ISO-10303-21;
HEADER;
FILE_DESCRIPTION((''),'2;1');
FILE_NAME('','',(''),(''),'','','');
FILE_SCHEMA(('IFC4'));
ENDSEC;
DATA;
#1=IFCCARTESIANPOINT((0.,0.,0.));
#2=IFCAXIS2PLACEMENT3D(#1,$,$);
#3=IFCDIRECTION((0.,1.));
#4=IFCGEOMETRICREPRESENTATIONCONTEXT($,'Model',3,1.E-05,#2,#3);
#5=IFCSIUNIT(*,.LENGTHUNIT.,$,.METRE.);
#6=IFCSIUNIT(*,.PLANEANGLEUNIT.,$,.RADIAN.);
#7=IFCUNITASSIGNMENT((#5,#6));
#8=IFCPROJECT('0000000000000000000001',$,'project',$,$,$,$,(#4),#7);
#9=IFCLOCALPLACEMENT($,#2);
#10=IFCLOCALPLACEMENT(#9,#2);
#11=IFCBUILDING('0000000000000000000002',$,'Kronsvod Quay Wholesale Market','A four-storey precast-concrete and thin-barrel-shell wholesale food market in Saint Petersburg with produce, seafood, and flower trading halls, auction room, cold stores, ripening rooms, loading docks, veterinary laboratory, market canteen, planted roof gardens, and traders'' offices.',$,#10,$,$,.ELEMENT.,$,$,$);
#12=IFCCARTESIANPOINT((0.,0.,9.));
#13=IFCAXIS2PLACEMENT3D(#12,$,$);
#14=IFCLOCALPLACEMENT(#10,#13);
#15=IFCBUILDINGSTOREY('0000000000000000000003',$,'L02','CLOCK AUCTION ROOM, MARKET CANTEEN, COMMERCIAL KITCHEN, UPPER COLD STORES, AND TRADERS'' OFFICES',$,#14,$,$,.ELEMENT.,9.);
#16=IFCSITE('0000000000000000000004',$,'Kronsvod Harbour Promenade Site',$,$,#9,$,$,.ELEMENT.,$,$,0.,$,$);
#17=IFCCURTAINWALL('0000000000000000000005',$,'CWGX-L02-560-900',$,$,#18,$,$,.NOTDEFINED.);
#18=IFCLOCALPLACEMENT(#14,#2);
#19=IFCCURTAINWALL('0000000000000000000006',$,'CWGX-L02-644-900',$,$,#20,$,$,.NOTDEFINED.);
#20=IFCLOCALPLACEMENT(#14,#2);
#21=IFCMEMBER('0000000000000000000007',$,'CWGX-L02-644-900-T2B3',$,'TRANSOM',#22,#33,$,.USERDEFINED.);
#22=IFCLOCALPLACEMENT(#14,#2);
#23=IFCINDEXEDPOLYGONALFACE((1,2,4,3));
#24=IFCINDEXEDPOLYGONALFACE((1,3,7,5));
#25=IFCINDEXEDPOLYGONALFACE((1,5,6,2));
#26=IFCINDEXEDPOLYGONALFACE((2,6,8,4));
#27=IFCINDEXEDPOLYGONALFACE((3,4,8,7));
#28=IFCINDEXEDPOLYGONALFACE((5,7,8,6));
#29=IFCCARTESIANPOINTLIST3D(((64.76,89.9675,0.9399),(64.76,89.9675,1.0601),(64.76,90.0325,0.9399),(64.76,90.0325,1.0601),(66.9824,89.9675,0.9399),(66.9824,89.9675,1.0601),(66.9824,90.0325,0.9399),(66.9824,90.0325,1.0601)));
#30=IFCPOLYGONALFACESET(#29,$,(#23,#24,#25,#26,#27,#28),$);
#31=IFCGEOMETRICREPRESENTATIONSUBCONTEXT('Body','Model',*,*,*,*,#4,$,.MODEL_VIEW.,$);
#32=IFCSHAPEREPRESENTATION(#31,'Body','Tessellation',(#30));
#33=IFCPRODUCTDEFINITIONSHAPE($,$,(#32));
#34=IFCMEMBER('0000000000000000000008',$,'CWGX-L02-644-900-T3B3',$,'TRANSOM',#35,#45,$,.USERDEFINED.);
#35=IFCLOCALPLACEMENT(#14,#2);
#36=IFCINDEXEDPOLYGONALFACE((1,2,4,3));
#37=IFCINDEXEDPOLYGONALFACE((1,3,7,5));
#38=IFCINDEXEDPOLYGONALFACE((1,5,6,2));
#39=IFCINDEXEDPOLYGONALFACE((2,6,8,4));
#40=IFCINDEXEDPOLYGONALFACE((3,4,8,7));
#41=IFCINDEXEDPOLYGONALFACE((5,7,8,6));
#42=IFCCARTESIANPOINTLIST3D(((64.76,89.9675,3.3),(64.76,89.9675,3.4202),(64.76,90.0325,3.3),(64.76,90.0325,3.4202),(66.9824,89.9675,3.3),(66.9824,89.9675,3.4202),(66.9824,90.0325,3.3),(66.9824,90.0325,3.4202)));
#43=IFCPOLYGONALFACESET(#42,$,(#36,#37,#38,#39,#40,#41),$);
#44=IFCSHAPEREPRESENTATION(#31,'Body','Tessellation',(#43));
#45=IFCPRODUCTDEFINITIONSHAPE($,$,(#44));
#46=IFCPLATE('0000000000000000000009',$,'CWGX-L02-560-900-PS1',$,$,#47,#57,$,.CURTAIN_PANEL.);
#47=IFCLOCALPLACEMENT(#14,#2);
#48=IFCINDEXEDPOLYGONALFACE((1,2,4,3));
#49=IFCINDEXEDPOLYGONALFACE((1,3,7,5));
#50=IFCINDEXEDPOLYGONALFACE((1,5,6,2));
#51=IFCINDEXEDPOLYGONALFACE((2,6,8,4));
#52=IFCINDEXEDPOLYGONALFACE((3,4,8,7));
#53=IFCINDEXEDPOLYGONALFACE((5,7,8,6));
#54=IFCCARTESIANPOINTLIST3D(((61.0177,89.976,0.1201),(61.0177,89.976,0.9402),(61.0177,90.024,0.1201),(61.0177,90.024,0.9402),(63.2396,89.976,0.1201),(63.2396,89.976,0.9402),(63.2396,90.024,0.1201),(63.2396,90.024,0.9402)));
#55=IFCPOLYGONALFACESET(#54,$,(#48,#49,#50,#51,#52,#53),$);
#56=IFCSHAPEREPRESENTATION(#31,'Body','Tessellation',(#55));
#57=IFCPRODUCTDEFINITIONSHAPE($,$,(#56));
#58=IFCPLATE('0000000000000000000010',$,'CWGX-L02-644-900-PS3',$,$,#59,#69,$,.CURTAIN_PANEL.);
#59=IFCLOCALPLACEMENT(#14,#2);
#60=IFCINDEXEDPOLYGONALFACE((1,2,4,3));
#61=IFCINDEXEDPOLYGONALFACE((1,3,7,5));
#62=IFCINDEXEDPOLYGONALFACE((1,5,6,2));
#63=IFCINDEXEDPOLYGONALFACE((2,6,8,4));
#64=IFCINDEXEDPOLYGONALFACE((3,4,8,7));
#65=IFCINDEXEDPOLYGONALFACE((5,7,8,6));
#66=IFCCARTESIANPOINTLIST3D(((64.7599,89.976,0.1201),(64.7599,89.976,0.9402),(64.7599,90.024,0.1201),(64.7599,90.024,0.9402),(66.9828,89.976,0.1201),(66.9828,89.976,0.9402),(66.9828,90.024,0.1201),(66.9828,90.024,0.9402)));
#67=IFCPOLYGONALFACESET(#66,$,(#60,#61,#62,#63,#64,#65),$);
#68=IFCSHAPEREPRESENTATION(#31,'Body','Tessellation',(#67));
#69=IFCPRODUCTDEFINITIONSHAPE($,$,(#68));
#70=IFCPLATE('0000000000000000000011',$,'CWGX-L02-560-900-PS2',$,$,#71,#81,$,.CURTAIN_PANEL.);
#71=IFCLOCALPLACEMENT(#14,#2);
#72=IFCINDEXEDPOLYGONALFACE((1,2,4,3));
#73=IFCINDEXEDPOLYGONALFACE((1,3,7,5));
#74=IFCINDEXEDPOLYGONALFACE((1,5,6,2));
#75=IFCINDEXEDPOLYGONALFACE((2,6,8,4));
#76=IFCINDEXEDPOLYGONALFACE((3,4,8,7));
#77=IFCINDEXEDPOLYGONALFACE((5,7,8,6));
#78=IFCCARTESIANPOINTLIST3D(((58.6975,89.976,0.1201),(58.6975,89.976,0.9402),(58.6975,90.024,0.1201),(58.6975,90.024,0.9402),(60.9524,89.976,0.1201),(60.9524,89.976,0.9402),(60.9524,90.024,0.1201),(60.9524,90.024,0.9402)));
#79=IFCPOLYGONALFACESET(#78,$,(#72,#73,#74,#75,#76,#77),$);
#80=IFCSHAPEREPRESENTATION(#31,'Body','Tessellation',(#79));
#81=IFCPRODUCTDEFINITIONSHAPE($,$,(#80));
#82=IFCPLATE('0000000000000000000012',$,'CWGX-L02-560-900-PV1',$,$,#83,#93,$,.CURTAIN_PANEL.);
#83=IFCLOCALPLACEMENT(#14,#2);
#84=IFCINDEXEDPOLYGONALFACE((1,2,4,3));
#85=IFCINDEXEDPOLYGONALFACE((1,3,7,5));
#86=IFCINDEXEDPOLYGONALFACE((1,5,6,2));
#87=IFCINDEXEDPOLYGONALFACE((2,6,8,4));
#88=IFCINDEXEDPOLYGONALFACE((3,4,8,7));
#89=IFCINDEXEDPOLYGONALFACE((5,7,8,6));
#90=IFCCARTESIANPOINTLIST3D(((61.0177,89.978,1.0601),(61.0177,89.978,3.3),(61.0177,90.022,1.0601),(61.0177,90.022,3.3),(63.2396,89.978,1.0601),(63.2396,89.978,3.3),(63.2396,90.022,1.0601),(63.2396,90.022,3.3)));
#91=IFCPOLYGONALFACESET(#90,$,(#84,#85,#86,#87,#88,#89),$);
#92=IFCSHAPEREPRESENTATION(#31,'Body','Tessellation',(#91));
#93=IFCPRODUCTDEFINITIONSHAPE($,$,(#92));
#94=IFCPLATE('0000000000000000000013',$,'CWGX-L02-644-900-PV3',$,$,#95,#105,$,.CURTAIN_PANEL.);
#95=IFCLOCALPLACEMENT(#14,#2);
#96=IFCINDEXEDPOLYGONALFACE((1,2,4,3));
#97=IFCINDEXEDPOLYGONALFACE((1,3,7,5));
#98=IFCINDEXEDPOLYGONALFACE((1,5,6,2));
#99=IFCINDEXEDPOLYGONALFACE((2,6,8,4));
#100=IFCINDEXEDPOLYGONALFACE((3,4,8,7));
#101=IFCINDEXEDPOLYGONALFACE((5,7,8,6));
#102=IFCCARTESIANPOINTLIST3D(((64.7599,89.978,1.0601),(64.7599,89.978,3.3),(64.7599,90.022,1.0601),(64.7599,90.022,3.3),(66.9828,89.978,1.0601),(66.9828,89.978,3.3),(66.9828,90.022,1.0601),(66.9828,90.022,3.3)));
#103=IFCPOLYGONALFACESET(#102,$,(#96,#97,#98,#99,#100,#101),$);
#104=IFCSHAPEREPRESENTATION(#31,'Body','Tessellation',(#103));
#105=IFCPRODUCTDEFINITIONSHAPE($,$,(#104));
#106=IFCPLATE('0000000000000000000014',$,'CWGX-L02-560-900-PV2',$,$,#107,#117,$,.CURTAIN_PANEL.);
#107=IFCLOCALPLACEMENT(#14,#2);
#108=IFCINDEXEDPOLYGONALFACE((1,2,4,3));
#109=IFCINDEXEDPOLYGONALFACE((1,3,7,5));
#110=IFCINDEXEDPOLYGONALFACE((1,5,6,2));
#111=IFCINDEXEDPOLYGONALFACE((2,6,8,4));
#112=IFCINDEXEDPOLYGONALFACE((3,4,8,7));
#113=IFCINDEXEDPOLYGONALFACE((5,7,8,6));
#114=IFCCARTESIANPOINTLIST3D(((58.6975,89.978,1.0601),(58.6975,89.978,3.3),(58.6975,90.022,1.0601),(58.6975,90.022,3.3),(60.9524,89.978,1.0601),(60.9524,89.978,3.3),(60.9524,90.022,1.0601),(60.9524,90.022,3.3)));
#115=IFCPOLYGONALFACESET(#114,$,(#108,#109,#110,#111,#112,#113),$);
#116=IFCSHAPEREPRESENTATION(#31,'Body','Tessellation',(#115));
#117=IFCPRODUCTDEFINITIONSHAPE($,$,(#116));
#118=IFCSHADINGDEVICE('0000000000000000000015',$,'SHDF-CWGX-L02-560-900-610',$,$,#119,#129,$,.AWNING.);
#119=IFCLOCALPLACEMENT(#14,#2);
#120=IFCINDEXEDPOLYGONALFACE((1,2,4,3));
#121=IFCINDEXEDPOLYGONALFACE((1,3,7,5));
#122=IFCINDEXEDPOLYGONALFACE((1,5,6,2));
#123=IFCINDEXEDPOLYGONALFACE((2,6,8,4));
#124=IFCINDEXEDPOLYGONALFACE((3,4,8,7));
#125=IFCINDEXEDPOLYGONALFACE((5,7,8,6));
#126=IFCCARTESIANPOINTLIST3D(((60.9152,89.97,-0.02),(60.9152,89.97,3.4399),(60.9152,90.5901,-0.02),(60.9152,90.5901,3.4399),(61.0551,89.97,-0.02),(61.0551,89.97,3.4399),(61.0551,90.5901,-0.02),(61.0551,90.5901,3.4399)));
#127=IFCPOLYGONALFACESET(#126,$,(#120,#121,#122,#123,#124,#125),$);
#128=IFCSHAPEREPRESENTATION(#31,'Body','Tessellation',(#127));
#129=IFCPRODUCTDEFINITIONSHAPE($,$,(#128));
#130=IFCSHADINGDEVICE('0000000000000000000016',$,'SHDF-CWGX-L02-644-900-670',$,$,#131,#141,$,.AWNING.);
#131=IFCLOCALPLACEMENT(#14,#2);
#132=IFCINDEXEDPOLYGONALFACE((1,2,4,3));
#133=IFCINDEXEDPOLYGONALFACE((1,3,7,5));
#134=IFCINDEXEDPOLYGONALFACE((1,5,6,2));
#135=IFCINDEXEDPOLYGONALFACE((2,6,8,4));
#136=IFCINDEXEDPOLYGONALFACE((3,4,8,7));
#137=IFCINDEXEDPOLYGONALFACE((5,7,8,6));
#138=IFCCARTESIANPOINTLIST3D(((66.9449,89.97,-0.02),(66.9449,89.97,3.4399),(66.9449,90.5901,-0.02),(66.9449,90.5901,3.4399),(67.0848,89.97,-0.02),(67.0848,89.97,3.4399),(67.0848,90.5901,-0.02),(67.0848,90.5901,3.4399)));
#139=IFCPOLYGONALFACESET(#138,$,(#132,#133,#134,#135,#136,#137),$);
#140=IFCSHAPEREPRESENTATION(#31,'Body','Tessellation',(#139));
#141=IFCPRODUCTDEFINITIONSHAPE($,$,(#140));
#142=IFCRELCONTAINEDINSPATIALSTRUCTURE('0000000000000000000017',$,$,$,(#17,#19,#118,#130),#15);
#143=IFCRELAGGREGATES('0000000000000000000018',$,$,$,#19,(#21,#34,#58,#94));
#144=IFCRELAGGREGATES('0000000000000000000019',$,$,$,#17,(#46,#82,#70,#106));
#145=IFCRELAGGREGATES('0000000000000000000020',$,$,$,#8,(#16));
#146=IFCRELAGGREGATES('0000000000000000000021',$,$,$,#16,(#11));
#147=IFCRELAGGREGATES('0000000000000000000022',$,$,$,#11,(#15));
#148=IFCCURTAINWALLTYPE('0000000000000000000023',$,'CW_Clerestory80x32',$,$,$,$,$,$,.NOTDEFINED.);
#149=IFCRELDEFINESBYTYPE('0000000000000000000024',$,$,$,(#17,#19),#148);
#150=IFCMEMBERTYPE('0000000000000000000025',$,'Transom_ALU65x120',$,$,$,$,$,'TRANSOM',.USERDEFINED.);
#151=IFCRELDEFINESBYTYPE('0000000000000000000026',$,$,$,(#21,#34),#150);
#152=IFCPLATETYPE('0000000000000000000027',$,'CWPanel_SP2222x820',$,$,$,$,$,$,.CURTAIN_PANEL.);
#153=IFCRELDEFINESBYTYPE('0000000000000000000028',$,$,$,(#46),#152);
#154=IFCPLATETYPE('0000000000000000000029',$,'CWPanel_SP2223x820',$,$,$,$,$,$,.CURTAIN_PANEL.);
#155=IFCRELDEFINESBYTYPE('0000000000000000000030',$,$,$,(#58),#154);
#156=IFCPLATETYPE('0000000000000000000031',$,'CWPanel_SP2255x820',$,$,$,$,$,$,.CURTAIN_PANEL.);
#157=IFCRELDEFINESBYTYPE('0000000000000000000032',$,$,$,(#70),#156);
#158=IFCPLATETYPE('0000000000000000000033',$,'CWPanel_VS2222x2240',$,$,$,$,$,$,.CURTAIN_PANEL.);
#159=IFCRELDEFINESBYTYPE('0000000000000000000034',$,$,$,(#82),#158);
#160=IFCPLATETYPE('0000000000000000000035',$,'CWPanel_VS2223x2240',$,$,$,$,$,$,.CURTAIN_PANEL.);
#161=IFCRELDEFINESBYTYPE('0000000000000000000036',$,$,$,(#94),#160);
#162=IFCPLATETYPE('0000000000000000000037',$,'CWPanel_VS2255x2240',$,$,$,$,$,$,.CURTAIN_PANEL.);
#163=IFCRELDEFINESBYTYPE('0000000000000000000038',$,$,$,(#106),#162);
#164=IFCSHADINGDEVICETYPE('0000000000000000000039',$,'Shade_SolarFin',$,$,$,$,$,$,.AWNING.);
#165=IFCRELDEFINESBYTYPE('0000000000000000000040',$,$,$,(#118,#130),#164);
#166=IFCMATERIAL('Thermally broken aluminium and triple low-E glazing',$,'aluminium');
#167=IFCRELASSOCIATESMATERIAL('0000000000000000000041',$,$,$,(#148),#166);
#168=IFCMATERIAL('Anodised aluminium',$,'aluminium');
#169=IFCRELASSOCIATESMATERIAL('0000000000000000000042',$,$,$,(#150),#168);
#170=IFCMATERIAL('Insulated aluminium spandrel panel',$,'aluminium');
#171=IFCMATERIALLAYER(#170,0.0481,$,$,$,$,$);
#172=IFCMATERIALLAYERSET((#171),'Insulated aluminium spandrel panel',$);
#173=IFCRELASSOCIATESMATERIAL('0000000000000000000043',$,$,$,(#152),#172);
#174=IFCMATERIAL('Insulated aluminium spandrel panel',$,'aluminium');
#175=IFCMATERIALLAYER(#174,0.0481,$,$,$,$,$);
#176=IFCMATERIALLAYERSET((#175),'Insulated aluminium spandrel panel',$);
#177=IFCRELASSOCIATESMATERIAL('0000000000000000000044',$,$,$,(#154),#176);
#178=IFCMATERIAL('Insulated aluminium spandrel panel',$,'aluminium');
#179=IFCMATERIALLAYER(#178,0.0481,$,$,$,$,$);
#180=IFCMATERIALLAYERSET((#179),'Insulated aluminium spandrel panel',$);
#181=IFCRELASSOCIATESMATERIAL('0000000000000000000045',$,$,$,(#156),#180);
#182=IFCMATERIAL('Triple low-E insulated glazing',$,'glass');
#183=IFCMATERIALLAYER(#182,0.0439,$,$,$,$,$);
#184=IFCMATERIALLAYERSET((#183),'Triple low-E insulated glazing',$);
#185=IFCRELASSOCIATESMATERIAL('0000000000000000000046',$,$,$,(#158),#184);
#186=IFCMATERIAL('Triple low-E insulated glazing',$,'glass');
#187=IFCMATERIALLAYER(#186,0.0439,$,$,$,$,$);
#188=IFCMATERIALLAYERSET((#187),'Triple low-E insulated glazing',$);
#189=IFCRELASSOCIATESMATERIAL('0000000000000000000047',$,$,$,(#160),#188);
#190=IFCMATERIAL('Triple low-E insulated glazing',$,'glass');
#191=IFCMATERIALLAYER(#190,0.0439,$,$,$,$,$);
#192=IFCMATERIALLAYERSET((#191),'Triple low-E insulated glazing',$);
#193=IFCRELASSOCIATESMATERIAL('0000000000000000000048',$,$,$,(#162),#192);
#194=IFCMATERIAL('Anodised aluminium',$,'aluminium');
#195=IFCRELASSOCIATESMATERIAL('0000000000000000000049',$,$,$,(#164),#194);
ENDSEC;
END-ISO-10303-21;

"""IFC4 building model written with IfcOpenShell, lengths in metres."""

from ifc_helpers import new_model, si_unit, direction, frame, origin, origin_2d, place, context, subcontext, project, spatial, rectangle, extrude, material, layer, layer_set, material_profile, profile_set, type_object, element, aggregate, save


model = new_model("IFC4")

# Units and contexts
model_context = context("Model", 3, precision=1e-05, world=origin(), true_north=direction((0.0, 1.0)))
body_context = subcontext(model_context, "Body", "Model", "MODEL_VIEW")
ifc_project = project(units=[si_unit("LENGTHUNIT", "METRE"), si_unit("PLANEANGLEUNIT", "RADIAN")], contexts=[model_context])

# Site, building, storey
site_placement = place(None, origin())
site = spatial("IfcSite", under=ifc_project, at=site_placement, Name="Kronsvod Harbour Promenade Site", CompositionType="ELEMENT", RefElevation=0.0)
building_placement = place(site_placement, origin())
building = spatial("IfcBuilding", under=site, at=building_placement, Name="Kronsvod Quay Wholesale Market", Description="A four-storey precast-concrete and thin-barrel-shell wholesale food market in Saint Petersburg with produce, seafood, and flower trading halls, auction room, cold stores, ripening rooms, loading docks, veterinary laboratory, market canteen, planted roof gardens, and traders' offices.", CompositionType="ELEMENT")
storey_placement = place(building_placement, frame((0.0, 0.0, 9.0)))
storey = spatial("IfcBuildingStorey", under=building, at=storey_placement, Name="L02", Description="CLOCK AUCTION ROOM, MARKET CANTEEN, COMMERCIAL KITCHEN, UPPER COLD STORES, AND TRADERS' OFFICES", CompositionType="ELEMENT", Elevation=9.0)

# Curtain walls
ifc_material_1 = material(Name="Thermally broken aluminium and triple low-E glazing", Category="aluminium")
curtain_wall_type = type_object("IfcCurtainWallType", Name="CW_Clerestory80x32", PredefinedType="NOTDEFINED", material=ifc_material_1)
curtain_wall_1_placement = place(storey_placement, origin())
curtain_wall_1 = element("IfcCurtainWall", 1, at=curtain_wall_1_placement, inside=storey, type_object=curtain_wall_type, Name="CWGX-L02-560-900", PredefinedType="NOTDEFINED")
curtain_wall_2_placement = place(storey_placement, origin())
curtain_wall_2 = element("IfcCurtainWall", 2, at=curtain_wall_2_placement, inside=storey, type_object=curtain_wall_type, Name="CWGX-L02-644-900", PredefinedType="NOTDEFINED")

# Members
ifc_material_2 = material(Name="Anodised aluminium", Category="aluminium")
ifc_material_profile_1 = material_profile(ifc_material_2, rectangle(XDim=0.0649, YDim=0.1201, at=origin_2d()), Name="ALUT65x120")
ifc_profile_set_1 = profile_set([ifc_material_profile_1], Name="Anodised aluminium")
member_type_1 = type_object("IfcMemberType", Name="Transom_ALU65x120", ElementType="TRANSOM", PredefinedType="USERDEFINED", material=ifc_profile_set_1)
member_1_placement = place(storey_placement, frame((66.9824, 90.0, 1.0), z_axis=(-1.0, 0.0, 0.0), x_axis=(0.0, -1.0, 0.0)))
member_1 = element("IfcMember", 3, at=member_1_placement, type_object=member_type_1, Name="CWGX-L02-644-900-T2B3", ObjectType="TRANSOM", PredefinedType="USERDEFINED", context=body_context, shape_type="SweptSolid", body=[
    extrude(rectangle(XDim=0.0649, YDim=0.1201, at=origin_2d()), origin(), (0.0, 0.0, 1.0), 2.2224),
])
member_2_placement = place(storey_placement, frame((66.9824, 90.0, 3.3601), z_axis=(-1.0, 0.0, 0.0), x_axis=(0.0, -1.0, 0.0)))
member_2 = element("IfcMember", 4, at=member_2_placement, type_object=member_type_1, Name="CWGX-L02-644-900-T3B3", ObjectType="TRANSOM", PredefinedType="USERDEFINED", context=body_context, shape_type="SweptSolid", body=[
    extrude(rectangle(XDim=0.0649, YDim=0.1201, at=origin_2d()), origin(), (0.0, 0.0, 1.0), 2.2224),
])

# Plates
ifc_material_3 = material(Name="Insulated aluminium spandrel panel", Category="aluminium")
ifc_layer_1 = layer(ifc_material_3, 0.0481)
ifc_layer_set_1 = layer_set([ifc_layer_1], Name="Insulated aluminium spandrel panel")
plate_type_1 = type_object("IfcPlateType", Name="CWPanel_SP2222x820", PredefinedType="CURTAIN_PANEL", material=ifc_layer_set_1)
plate_1_placement = place(storey_placement, frame((62.1287, 90.0, 0.1201), z_axis=(0.0, 0.0, 1.0), x_axis=(-1.0, 0.0, 0.0)))
plate_1 = element("IfcPlate", 5, at=plate_1_placement, type_object=plate_type_1, Name="CWGX-L02-560-900-PS1", PredefinedType="CURTAIN_PANEL", context=body_context, shape_type="SweptSolid", body=[
    extrude(rectangle(XDim=2.2219, YDim=0.0481, at=origin_2d()), origin(), (0.0, 0.0, 1.0), 0.8201),
])
ifc_material_4 = material(Name="Insulated aluminium spandrel panel", Category="aluminium")
ifc_layer_2 = layer(ifc_material_4, 0.0481)
ifc_layer_set_2 = layer_set([ifc_layer_2], Name="Insulated aluminium spandrel panel")
plate_type_2 = type_object("IfcPlateType", Name="CWPanel_SP2223x820", PredefinedType="CURTAIN_PANEL", material=ifc_layer_set_2)
plate_2_placement = place(storey_placement, frame((65.8713, 90.0, 0.1201), z_axis=(0.0, 0.0, 1.0), x_axis=(-1.0, 0.0, 0.0)))
plate_2 = element("IfcPlate", 6, at=plate_2_placement, type_object=plate_type_2, Name="CWGX-L02-644-900-PS3", PredefinedType="CURTAIN_PANEL", context=body_context, shape_type="SweptSolid", body=[
    extrude(rectangle(XDim=2.2229, YDim=0.0481, at=origin_2d()), origin(), (0.0, 0.0, 1.0), 0.8201),
])
ifc_material_5 = material(Name="Insulated aluminium spandrel panel", Category="aluminium")
ifc_layer_3 = layer(ifc_material_5, 0.0481)
ifc_layer_set_3 = layer_set([ifc_layer_3], Name="Insulated aluminium spandrel panel")
plate_type_3 = type_object("IfcPlateType", Name="CWPanel_SP2255x820", PredefinedType="CURTAIN_PANEL", material=ifc_layer_set_3)
plate_3_placement = place(storey_placement, frame((59.825, 90.0, 0.1201), z_axis=(0.0, 0.0, 1.0), x_axis=(-1.0, 0.0, 0.0)))
plate_3 = element("IfcPlate", 7, at=plate_3_placement, type_object=plate_type_3, Name="CWGX-L02-560-900-PS2", PredefinedType="CURTAIN_PANEL", context=body_context, shape_type="SweptSolid", body=[
    extrude(rectangle(XDim=2.2549, YDim=0.0481, at=origin_2d()), origin(), (0.0, 0.0, 1.0), 0.8201),
])
ifc_material_6 = material(Name="Triple low-E insulated glazing", Category="glass")
ifc_layer_4 = layer(ifc_material_6, 0.0439)
ifc_layer_set_4 = layer_set([ifc_layer_4], Name="Triple low-E insulated glazing")
plate_type_4 = type_object("IfcPlateType", Name="CWPanel_VS2222x2240", PredefinedType="CURTAIN_PANEL", material=ifc_layer_set_4)
plate_4_placement = place(storey_placement, frame((62.1287, 90.0, 1.0601), z_axis=(0.0, 0.0, 1.0), x_axis=(-1.0, 0.0, 0.0)))
plate_4 = element("IfcPlate", 8, at=plate_4_placement, type_object=plate_type_4, Name="CWGX-L02-560-900-PV1", PredefinedType="CURTAIN_PANEL", context=body_context, shape_type="SweptSolid", body=[
    extrude(rectangle(XDim=2.2219, YDim=0.0439, at=origin_2d()), origin(), (0.0, 0.0, 1.0), 2.24),
])
ifc_material_7 = material(Name="Triple low-E insulated glazing", Category="glass")
ifc_layer_5 = layer(ifc_material_7, 0.0439)
ifc_layer_set_5 = layer_set([ifc_layer_5], Name="Triple low-E insulated glazing")
plate_type_5 = type_object("IfcPlateType", Name="CWPanel_VS2223x2240", PredefinedType="CURTAIN_PANEL", material=ifc_layer_set_5)
plate_5_placement = place(storey_placement, frame((65.8713, 90.0, 1.0601), z_axis=(0.0, 0.0, 1.0), x_axis=(-1.0, 0.0, 0.0)))
plate_5 = element("IfcPlate", 9, at=plate_5_placement, type_object=plate_type_5, Name="CWGX-L02-644-900-PV3", PredefinedType="CURTAIN_PANEL", context=body_context, shape_type="SweptSolid", body=[
    extrude(rectangle(XDim=2.2229, YDim=0.0439, at=origin_2d()), origin(), (0.0, 0.0, 1.0), 2.24),
])
aggregate(curtain_wall_2, [member_1, member_2, plate_2, plate_5])
ifc_material_8 = material(Name="Triple low-E insulated glazing", Category="glass")
ifc_layer_6 = layer(ifc_material_8, 0.0439)
ifc_layer_set_6 = layer_set([ifc_layer_6], Name="Triple low-E insulated glazing")
plate_type_6 = type_object("IfcPlateType", Name="CWPanel_VS2255x2240", PredefinedType="CURTAIN_PANEL", material=ifc_layer_set_6)
plate_6_placement = place(storey_placement, frame((59.825, 90.0, 1.0601), z_axis=(0.0, 0.0, 1.0), x_axis=(-1.0, 0.0, 0.0)))
plate_6 = element("IfcPlate", 10, at=plate_6_placement, type_object=plate_type_6, Name="CWGX-L02-560-900-PV2", PredefinedType="CURTAIN_PANEL", context=body_context, shape_type="SweptSolid", body=[
    extrude(rectangle(XDim=2.2549, YDim=0.0439, at=origin_2d()), origin(), (0.0, 0.0, 1.0), 2.24),
])
aggregate(curtain_wall_1, [plate_1, plate_4, plate_3, plate_6])

# Shading devices
ifc_material_9 = material(Name="Anodised aluminium", Category="aluminium")
shading_device_type = type_object("IfcShadingDeviceType", Name="Shade_SolarFin", PredefinedType="AWNING", material=ifc_material_9)
for number, where, z_axis, x_axis, name in (
    (11, (60.9851, 90.28, -0.02), (0.0, 0.0, 1.0), (1.0, 0.0, 0.0), "SHDF-CWGX-L02-560-900-610"),
    (12, (67.0149, 90.28, -0.02), (0.0, 0.0, 1.0), (1.0, 0.0, 0.0), "SHDF-CWGX-L02-644-900-670"),
):
    element("IfcShadingDevice", number, at=place(storey_placement, frame(where, z_axis=z_axis, x_axis=x_axis)), inside=storey, type_object=shading_device_type, Name=name, PredefinedType="AWNING", context=body_context, shape_type="SweptSolid", body=[
        extrude(rectangle(XDim=0.1399, YDim=0.6201, at=origin_2d()), origin(), (0.0, 0.0, 1.0), 3.46),
    ])

save(model, "model.ifc")
